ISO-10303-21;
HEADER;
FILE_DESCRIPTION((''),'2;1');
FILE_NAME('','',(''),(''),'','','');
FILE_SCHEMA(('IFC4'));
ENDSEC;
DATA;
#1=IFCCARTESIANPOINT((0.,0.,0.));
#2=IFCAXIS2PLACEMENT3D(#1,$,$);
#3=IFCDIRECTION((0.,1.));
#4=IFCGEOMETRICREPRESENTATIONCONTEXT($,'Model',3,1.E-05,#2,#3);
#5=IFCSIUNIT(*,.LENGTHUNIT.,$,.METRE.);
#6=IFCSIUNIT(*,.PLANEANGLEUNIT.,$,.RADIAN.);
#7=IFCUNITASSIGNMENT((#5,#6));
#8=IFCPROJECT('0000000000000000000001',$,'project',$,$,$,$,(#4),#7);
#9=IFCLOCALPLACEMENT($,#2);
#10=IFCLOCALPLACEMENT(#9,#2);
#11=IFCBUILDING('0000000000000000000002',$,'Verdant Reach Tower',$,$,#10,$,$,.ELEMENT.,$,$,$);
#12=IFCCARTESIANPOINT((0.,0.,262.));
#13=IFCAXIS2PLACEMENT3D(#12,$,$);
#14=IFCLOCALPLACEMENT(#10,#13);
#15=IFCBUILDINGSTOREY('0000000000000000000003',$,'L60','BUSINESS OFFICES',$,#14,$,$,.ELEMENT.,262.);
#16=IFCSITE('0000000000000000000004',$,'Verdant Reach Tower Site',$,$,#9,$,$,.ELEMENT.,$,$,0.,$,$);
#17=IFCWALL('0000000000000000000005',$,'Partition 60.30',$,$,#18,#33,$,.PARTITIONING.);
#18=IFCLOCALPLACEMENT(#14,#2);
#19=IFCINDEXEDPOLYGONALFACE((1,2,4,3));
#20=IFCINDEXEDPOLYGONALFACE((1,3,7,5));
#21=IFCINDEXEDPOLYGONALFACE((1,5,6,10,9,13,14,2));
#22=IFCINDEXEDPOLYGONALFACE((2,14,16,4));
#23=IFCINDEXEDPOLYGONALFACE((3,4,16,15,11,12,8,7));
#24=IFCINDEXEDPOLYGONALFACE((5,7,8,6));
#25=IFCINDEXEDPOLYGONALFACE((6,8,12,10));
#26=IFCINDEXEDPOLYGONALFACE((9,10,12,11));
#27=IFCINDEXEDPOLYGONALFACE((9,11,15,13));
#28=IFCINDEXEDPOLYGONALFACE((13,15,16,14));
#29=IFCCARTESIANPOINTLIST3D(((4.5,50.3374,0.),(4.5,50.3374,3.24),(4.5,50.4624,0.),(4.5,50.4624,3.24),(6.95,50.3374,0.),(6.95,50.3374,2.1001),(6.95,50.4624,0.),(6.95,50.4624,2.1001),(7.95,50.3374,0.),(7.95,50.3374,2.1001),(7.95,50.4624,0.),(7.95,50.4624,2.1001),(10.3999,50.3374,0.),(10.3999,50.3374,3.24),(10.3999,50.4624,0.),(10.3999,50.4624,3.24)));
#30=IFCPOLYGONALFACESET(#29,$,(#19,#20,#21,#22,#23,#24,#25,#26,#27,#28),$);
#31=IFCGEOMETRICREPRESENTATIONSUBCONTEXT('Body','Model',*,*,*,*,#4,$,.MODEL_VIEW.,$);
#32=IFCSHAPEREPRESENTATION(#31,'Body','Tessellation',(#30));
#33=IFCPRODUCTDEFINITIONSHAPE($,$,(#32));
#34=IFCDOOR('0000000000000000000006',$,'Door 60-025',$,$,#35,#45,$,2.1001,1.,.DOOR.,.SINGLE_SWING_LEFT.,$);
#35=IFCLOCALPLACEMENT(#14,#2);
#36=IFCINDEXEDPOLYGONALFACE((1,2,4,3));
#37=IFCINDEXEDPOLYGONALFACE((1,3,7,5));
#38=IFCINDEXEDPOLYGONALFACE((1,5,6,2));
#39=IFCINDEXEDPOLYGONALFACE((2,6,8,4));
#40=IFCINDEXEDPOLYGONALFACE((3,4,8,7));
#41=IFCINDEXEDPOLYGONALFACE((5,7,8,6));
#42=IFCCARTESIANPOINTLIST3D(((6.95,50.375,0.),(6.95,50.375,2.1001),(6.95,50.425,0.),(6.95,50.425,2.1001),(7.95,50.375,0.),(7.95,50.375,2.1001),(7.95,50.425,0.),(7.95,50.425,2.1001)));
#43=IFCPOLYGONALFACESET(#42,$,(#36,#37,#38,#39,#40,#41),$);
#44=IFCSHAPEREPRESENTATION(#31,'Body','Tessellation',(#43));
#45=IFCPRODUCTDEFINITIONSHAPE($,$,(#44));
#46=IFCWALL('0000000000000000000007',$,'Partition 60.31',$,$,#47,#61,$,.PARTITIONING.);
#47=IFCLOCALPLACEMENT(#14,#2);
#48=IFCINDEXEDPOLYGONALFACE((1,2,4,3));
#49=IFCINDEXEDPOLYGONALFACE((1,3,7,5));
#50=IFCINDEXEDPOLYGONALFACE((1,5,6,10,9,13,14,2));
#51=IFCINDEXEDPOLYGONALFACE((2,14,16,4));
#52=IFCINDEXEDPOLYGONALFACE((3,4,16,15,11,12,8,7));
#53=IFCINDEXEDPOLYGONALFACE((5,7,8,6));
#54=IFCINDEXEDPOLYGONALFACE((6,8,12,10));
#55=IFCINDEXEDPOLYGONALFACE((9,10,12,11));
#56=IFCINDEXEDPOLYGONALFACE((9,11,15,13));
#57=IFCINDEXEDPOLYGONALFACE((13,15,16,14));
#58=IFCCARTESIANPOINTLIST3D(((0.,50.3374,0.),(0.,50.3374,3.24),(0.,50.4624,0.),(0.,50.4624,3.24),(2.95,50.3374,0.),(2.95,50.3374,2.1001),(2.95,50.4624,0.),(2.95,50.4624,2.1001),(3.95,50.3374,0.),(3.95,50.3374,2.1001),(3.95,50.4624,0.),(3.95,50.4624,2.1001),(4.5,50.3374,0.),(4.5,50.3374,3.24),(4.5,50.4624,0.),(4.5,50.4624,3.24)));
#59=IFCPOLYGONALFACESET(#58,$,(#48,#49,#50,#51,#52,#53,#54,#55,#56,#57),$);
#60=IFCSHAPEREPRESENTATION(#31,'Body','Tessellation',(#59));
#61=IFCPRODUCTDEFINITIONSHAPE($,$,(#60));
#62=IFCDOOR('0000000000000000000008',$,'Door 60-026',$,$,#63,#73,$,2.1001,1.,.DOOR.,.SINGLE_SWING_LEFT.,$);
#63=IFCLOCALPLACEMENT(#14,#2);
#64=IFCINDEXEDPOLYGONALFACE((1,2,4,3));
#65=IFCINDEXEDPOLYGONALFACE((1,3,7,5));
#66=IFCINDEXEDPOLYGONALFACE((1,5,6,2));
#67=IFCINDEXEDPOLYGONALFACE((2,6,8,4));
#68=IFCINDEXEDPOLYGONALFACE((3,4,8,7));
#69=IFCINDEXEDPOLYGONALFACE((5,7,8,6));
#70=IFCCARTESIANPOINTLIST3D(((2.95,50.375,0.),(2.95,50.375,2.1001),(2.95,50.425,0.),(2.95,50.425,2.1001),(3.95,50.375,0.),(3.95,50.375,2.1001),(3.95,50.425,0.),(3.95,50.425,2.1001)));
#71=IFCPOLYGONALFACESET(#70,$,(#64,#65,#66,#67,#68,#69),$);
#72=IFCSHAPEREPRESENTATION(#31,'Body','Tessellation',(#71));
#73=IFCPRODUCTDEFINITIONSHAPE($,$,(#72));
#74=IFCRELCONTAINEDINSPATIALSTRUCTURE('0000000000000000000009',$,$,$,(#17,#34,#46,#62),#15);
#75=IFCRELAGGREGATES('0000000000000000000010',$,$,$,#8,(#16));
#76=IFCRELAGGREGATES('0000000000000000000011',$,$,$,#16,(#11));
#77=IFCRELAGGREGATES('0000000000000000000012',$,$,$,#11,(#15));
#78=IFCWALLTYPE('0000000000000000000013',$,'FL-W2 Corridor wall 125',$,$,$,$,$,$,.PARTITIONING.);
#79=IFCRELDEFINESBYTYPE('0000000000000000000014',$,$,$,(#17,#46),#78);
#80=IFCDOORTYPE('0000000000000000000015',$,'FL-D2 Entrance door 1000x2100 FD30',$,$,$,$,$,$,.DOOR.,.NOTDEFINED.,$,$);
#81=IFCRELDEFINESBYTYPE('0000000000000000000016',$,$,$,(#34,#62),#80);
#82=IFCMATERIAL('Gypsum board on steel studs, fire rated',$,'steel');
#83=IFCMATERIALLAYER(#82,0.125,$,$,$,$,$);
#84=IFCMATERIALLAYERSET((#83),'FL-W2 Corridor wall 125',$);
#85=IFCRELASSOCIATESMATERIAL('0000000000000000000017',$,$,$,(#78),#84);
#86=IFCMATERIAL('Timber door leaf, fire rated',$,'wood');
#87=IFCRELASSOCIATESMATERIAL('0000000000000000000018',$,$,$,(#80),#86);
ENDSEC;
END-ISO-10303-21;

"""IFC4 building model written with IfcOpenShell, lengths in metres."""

from ifc_helpers import new_model, si_unit, direction, frame, frame_2d, origin, place, context, subcontext, project, spatial, rectangle, extrude, material, layer, layer_set, type_object, element, fill, save


model = new_model("IFC4")

# Units and contexts
model_context = context("Model", 3, precision=1e-05, world=origin(), true_north=direction((0.0, 1.0)))
body_context = subcontext(model_context, "Body", "Model", "MODEL_VIEW")
ifc_project = project(units=[si_unit("LENGTHUNIT", "METRE"), si_unit("PLANEANGLEUNIT", "RADIAN")], contexts=[model_context])

# Site, building, storey
site_placement = place(None, origin())
site = spatial("IfcSite", under=ifc_project, at=site_placement, Name="Verdant Reach Tower Site", CompositionType="ELEMENT", RefElevation=0.0)
building_placement = place(site_placement, origin())
building = spatial("IfcBuilding", under=site, at=building_placement, Name="Verdant Reach Tower", CompositionType="ELEMENT")
storey_placement = place(building_placement, frame((0.0, 0.0, 262.0)))
storey = spatial("IfcBuildingStorey", under=building, at=storey_placement, Name="L60", Description="BUSINESS OFFICES", CompositionType="ELEMENT", Elevation=262.0)

# Shared definitions
ifc_material_1 = material(Name="Gypsum board on steel studs, fire rated", Category="steel")
ifc_layer_1 = layer(ifc_material_1, 0.125)
ifc_layer_set_1 = layer_set([ifc_layer_1], Name="FL-W2 Corridor wall 125")
wall_type_1 = type_object("IfcWallType", Name="FL-W2 Corridor wall 125", PredefinedType="PARTITIONING", material=ifc_layer_set_1)
ifc_material_2 = material(Name="Timber door leaf, fire rated", Category="wood")
door_type_1 = type_object("IfcDoorType", Name="FL-D2 Entrance door 1000x2100 FD30", OperationType="NOTDEFINED", PredefinedType="DOOR", material=ifc_material_2)

# Walls, openings, doors
wall_1_placement = place(storey_placement, frame((10.3999, 50.3999, 0.0), z_axis=(0.0, 0.0, 1.0), x_axis=(-1.0, 0.0, 0.0)))
wall_1 = element("IfcWall", 1, at=wall_1_placement, inside=storey, type_object=wall_type_1, Name="Partition 60.30", PredefinedType="PARTITIONING", context=body_context, shape_type="SweptSolid", body=[
    extrude(rectangle(XDim=5.8999, YDim=0.125, at=frame_2d((2.95, 0.0))), origin(), (0.0, 0.0, 1.0), 3.24),
])
opening_1_placement = place(wall_1_placement, frame((2.45, 0.0, 0.0)))
opening_1 = element("IfcOpeningElement", 2, at=opening_1_placement, cuts=wall_1, PredefinedType="OPENING", context=body_context, shape_type="SweptSolid", body=[
    extrude(rectangle(XDim=1.0, YDim=2.1001, at=frame_2d((0.5, 1.05))), frame((0.0, 0.0725, 0.0), z_axis=(0.0, -1.0, 0.0), x_axis=(1.0, 0.0, 0.0)), (0.0, 0.0, 1.0), 0.145),
])
door_1_placement = place(opening_1_placement, origin())
door_1 = element("IfcDoor", 3, at=door_1_placement, inside=storey, type_object=door_type_1, Name="Door 60-025", OperationType="SINGLE_SWING_LEFT", OverallHeight=2.1001, OverallWidth=1.0, PredefinedType="DOOR", context=body_context, shape_type="SweptSolid", body=[
    extrude(rectangle(XDim=1.0, YDim=2.1001, at=frame_2d((0.5, 1.05))), frame((0.0, 0.0249, 0.0), z_axis=(0.0, -1.0, 0.0), x_axis=(1.0, 0.0, 0.0)), (0.0, 0.0, 1.0), 0.05),
])
fill(opening_1, door_1)
wall_2_placement = place(storey_placement, frame((4.5, 50.3999, 0.0), z_axis=(0.0, 0.0, 1.0), x_axis=(-1.0, 0.0, 0.0)))
wall_2 = element("IfcWall", 4, at=wall_2_placement, inside=storey, type_object=wall_type_1, Name="Partition 60.31", PredefinedType="PARTITIONING", context=body_context, shape_type="SweptSolid", body=[
    extrude(rectangle(XDim=4.5, YDim=0.125, at=frame_2d((2.25, 0.0))), origin(), (0.0, 0.0, 1.0), 3.24),
])
opening_2_placement = place(wall_2_placement, frame((0.55, 0.0, 0.0)))
opening_2 = element("IfcOpeningElement", 5, at=opening_2_placement, cuts=wall_2, PredefinedType="OPENING", context=body_context, shape_type="SweptSolid", body=[
    extrude(rectangle(XDim=1.0, YDim=2.1001, at=frame_2d((0.5, 1.05))), frame((0.0, 0.0725, 0.0), z_axis=(0.0, -1.0, 0.0), x_axis=(1.0, 0.0, 0.0)), (0.0, 0.0, 1.0), 0.145),
])
door_2_placement = place(opening_2_placement, origin())
door_2 = element("IfcDoor", 6, at=door_2_placement, inside=storey, type_object=door_type_1, Name="Door 60-026", OperationType="SINGLE_SWING_LEFT", OverallHeight=2.1001, OverallWidth=1.0, PredefinedType="DOOR", context=body_context, shape_type="SweptSolid", body=[
    extrude(rectangle(XDim=1.0, YDim=2.1001, at=frame_2d((0.5, 1.05))), frame((0.0, 0.0249, 0.0), z_axis=(0.0, -1.0, 0.0), x_axis=(1.0, 0.0, 0.0)), (0.0, 0.0, 1.0), 0.05),
])
fill(opening_2, door_2)

save(model, "model.ifc")
